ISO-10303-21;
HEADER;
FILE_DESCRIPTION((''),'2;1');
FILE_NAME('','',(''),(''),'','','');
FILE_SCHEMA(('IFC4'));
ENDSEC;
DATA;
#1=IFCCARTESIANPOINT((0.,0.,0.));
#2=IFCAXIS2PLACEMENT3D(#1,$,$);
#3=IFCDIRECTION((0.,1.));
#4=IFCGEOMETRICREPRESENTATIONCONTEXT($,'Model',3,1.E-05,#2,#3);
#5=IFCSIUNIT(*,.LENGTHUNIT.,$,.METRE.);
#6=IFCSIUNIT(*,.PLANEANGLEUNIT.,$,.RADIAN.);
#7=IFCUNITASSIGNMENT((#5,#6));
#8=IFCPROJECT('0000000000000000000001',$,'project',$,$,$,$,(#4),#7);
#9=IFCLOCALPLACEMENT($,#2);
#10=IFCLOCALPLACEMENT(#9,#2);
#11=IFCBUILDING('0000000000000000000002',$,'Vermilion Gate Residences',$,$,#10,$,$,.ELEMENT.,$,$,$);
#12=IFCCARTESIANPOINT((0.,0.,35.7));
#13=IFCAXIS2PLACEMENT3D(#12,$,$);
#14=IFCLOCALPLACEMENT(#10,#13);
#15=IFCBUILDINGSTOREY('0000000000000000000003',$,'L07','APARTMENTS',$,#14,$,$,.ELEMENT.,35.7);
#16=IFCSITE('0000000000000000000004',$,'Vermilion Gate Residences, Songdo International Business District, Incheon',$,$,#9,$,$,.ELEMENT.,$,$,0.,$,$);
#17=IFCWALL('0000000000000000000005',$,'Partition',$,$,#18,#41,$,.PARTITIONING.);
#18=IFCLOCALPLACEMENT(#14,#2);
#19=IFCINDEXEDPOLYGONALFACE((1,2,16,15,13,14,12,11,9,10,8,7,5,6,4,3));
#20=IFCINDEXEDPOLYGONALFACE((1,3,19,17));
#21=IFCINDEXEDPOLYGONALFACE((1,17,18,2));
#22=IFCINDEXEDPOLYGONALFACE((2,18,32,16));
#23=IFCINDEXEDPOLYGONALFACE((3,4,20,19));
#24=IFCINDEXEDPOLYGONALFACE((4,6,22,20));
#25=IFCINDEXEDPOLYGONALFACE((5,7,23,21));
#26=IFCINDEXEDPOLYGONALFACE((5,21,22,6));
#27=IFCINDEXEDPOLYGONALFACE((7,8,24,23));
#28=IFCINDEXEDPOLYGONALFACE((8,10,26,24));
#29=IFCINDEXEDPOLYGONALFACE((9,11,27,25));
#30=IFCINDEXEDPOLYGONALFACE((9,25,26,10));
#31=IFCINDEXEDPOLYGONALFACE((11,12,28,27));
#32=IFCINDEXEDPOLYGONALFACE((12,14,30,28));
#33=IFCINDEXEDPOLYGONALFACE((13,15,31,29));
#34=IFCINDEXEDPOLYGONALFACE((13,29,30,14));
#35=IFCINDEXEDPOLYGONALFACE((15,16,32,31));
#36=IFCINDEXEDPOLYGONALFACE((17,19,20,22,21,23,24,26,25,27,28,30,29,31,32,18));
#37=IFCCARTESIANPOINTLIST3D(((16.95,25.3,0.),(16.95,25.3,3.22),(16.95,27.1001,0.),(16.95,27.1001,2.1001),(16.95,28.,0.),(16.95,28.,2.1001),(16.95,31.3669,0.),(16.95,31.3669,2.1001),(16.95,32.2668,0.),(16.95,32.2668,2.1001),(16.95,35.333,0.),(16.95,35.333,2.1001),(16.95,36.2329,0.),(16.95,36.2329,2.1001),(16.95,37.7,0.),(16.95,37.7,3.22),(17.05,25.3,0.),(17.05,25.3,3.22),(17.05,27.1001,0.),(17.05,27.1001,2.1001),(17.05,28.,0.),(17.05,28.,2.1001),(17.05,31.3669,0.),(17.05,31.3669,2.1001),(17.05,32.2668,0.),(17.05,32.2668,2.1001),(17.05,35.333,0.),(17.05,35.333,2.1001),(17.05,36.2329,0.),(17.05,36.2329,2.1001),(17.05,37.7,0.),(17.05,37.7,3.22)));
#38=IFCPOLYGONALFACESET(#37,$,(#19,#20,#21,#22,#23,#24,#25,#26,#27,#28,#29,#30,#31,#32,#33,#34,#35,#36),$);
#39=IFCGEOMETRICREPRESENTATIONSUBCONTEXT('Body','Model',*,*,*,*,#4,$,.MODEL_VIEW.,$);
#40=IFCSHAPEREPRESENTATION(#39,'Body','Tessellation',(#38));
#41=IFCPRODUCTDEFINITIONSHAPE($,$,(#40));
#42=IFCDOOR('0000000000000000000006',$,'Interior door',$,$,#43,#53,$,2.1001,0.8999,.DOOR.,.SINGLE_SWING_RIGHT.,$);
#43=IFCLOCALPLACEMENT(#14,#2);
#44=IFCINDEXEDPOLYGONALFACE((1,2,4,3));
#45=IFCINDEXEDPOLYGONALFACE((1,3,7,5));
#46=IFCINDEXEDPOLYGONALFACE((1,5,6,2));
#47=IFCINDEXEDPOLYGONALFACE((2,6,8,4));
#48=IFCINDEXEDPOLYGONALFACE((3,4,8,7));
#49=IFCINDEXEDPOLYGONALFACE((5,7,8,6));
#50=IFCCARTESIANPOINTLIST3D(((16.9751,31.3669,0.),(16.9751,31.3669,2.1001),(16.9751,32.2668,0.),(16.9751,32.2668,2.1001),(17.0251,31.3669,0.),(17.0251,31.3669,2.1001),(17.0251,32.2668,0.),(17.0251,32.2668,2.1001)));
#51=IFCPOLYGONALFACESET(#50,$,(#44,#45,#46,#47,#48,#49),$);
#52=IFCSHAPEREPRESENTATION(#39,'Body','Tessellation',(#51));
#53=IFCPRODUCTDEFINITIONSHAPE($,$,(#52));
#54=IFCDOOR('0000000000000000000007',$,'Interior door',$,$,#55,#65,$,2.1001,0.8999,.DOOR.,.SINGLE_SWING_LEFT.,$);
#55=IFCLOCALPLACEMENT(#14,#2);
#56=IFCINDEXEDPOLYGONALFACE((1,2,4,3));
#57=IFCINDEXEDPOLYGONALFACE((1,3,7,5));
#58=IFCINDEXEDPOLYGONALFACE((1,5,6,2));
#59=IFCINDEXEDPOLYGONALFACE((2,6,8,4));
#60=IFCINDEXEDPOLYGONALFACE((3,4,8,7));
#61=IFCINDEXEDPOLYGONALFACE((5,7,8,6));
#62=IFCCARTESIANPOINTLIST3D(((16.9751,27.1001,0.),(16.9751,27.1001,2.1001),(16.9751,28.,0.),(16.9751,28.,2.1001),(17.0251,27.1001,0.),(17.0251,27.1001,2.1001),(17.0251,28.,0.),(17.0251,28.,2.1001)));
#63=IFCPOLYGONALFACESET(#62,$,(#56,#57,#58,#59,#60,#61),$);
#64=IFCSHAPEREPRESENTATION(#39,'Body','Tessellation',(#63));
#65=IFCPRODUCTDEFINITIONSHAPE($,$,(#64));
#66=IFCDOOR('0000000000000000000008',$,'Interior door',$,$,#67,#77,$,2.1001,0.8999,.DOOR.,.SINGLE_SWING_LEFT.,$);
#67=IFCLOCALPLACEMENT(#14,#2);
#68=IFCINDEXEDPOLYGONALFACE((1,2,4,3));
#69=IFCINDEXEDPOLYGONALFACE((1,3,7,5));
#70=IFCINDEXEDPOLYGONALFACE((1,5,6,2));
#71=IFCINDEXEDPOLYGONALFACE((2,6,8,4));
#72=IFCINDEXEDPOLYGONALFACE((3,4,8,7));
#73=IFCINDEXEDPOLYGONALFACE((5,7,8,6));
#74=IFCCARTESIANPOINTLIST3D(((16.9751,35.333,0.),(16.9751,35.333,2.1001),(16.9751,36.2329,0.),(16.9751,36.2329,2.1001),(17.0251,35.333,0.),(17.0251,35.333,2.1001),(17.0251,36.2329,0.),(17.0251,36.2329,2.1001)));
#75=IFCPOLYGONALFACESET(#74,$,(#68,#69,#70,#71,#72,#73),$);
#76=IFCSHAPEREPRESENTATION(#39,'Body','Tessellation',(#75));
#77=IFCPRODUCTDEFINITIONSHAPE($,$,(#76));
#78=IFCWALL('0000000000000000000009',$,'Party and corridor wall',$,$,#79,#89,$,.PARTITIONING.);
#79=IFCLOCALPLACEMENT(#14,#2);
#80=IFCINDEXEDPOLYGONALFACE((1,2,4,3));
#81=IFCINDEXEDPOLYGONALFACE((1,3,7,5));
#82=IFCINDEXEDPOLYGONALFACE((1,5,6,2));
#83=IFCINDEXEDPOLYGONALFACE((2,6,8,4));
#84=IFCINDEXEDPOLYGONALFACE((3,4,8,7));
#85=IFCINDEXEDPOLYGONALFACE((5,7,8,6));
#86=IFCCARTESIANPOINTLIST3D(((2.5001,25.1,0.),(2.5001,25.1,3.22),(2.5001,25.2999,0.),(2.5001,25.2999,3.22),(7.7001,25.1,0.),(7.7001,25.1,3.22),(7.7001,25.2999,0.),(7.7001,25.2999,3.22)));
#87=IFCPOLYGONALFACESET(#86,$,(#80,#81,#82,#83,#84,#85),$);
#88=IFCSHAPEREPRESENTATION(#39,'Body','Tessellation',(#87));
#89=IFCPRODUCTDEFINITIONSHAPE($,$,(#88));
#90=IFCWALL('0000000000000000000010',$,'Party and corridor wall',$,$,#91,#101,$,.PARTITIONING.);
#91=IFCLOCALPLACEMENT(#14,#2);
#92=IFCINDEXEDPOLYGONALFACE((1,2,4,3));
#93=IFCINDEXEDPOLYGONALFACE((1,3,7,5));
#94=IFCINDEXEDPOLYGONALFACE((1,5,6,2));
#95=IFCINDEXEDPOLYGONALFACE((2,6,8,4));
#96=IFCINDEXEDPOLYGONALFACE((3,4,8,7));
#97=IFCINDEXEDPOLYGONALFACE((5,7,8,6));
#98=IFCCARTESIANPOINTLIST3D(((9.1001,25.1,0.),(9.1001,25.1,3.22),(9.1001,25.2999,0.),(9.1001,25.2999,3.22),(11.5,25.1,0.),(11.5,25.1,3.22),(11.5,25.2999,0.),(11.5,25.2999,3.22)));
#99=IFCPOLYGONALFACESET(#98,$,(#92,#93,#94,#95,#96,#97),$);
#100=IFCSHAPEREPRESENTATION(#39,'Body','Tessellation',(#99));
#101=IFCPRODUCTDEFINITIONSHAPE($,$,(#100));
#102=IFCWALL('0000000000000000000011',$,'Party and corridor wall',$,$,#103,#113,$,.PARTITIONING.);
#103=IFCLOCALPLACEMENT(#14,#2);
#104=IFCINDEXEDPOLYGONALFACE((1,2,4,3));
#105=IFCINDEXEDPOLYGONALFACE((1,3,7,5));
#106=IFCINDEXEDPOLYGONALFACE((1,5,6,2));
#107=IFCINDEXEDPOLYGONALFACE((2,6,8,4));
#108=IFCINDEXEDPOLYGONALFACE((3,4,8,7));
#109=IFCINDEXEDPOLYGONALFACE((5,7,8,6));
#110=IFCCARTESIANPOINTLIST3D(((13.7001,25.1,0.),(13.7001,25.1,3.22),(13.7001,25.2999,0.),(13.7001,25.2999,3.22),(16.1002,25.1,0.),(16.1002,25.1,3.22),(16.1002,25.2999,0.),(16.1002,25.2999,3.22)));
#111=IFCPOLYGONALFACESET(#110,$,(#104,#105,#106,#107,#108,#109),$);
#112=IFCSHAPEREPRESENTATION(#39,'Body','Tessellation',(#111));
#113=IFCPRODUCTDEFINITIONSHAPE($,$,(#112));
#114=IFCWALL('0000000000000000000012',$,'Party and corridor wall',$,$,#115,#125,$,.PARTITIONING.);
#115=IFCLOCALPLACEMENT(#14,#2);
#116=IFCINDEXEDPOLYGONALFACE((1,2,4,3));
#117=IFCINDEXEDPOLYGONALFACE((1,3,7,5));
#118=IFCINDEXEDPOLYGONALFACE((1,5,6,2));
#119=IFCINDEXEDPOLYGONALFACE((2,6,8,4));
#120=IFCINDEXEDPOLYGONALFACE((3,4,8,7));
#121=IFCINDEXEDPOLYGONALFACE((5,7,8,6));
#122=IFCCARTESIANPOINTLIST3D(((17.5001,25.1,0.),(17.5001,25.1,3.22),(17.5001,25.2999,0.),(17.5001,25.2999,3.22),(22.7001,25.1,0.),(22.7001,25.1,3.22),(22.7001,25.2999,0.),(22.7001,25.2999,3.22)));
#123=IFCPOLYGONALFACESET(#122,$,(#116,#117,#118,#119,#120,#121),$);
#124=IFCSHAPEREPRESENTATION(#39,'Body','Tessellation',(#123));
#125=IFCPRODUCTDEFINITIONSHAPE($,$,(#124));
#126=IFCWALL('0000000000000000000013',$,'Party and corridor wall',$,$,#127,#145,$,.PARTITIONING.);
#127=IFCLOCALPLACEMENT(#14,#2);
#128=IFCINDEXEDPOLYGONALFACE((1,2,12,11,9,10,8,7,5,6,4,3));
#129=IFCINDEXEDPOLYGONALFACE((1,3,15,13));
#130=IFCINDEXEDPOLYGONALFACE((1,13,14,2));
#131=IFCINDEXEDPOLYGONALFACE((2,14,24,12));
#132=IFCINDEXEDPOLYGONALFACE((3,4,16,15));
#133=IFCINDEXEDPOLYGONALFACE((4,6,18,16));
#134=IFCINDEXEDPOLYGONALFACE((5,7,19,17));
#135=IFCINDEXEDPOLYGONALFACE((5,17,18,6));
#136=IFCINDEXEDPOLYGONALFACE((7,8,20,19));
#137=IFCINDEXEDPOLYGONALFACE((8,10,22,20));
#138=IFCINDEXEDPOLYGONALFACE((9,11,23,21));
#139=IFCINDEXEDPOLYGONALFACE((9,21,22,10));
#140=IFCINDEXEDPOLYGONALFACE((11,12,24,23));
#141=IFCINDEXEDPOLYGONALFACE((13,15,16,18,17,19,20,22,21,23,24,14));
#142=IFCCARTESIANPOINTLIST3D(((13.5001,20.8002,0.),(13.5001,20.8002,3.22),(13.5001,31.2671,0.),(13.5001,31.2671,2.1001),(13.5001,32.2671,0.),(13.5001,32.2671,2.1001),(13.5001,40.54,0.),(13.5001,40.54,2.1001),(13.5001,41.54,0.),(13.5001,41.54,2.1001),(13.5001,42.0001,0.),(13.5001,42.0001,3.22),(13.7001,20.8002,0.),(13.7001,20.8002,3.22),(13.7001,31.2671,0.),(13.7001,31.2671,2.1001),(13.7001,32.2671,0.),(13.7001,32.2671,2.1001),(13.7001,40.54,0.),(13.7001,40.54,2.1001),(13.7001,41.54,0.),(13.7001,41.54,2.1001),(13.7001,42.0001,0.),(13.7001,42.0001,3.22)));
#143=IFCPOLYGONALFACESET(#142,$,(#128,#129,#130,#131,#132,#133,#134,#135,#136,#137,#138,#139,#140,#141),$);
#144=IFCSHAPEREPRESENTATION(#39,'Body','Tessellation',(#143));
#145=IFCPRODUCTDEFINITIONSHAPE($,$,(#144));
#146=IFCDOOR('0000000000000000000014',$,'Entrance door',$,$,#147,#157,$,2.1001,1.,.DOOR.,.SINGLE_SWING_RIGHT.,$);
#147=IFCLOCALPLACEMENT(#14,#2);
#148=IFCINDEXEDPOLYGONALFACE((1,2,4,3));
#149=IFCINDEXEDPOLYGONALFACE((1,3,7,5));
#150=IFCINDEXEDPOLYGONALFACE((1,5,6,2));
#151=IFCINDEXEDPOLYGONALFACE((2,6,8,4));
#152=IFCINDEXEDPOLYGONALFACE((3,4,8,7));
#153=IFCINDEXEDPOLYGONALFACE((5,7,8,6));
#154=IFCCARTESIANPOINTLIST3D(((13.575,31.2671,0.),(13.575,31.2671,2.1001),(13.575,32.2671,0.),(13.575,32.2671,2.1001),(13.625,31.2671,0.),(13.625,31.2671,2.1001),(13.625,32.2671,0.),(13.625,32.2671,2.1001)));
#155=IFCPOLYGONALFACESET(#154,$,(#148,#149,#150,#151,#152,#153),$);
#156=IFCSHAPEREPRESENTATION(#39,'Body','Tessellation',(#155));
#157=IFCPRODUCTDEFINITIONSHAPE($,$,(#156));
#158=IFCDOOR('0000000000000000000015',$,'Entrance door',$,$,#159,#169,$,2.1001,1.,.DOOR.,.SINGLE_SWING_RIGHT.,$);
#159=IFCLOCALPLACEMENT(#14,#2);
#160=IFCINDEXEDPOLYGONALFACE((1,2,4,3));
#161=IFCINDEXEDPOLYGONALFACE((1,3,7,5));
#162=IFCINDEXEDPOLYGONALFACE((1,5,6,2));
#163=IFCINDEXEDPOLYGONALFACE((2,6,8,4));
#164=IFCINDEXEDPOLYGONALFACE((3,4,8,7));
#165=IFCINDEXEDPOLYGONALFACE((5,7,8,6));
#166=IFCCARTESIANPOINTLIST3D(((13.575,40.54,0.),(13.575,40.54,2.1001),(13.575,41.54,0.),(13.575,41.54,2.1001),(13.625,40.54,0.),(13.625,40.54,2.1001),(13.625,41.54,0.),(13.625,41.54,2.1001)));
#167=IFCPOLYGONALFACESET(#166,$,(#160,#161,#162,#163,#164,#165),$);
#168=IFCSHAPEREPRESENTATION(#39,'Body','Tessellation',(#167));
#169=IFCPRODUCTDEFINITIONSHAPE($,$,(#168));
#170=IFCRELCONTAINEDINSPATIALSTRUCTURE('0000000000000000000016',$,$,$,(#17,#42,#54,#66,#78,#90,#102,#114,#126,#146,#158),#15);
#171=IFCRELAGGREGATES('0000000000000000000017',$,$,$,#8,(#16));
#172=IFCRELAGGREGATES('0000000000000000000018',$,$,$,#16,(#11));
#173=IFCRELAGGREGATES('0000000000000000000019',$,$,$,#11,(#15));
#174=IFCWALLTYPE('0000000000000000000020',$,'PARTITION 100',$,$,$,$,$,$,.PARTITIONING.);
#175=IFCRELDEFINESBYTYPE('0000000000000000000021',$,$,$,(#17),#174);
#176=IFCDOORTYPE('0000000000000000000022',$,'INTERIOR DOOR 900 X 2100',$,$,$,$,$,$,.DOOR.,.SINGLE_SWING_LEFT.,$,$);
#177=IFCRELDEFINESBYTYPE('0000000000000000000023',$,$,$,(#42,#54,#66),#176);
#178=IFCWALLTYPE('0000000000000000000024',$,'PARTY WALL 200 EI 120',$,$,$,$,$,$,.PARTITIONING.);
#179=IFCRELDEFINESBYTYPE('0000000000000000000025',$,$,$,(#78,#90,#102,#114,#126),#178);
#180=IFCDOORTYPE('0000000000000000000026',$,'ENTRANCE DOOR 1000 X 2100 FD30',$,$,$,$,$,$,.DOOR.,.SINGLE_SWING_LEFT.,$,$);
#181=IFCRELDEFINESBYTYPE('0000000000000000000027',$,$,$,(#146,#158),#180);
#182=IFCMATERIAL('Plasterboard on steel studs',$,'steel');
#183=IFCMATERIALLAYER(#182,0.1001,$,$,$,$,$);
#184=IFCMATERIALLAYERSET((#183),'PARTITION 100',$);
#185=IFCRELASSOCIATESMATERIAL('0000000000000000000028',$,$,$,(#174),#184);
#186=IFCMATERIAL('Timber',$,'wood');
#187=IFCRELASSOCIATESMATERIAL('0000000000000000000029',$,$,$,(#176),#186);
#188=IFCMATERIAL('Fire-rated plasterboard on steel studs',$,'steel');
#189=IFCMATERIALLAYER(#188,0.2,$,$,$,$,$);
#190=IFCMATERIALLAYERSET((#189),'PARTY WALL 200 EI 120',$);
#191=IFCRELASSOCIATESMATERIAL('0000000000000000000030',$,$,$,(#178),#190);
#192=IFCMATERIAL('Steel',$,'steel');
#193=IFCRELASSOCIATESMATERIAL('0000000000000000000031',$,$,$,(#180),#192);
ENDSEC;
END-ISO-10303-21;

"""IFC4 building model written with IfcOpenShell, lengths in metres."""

from ifc_helpers import new_model, si_unit, direction, frame, frame_2d, origin, place, context, subcontext, project, spatial, rectangle, extrude, material, layer, layer_set, type_object, element, fill, save


model = new_model("IFC4")

# Units and contexts
model_context = context("Model", 3, precision=1e-05, world=origin(), true_north=direction((0.0, 1.0)))
body_context = subcontext(model_context, "Body", "Model", "MODEL_VIEW")
ifc_project = project(units=[si_unit("LENGTHUNIT", "METRE"), si_unit("PLANEANGLEUNIT", "RADIAN")], contexts=[model_context])

# Site, building, storey
site_placement = place(None, origin())
site = spatial("IfcSite", under=ifc_project, at=site_placement, Name="Vermilion Gate Residences, Songdo International Business District, Incheon", CompositionType="ELEMENT", RefElevation=0.0)
building_placement = place(site_placement, origin())
building = spatial("IfcBuilding", under=site, at=building_placement, Name="Vermilion Gate Residences", CompositionType="ELEMENT")
storey_placement = place(building_placement, frame((0.0, 0.0, 35.7)))
storey = spatial("IfcBuildingStorey", under=building, at=storey_placement, Name="L07", Description="APARTMENTS", CompositionType="ELEMENT", Elevation=35.7)

# Shared definitions
ifc_material_1 = material(Name="Plasterboard on steel studs", Category="steel")
ifc_layer_1 = layer(ifc_material_1, 0.1001)
ifc_layer_set_1 = layer_set([ifc_layer_1], Name="PARTITION 100")
wall_type_1 = type_object("IfcWallType", Name="PARTITION 100", PredefinedType="PARTITIONING", material=ifc_layer_set_1)

# Wall, openings, doors
ifc_material_2 = material(Name="Timber", Category="wood")
door_type_1 = type_object("IfcDoorType", Name="INTERIOR DOOR 900 X 2100", OperationType="SINGLE_SWING_LEFT", PredefinedType="DOOR", material=ifc_material_2)
wall_1_placement = place(storey_placement, frame((17.0, 25.3, 0.0), z_axis=(0.0, 0.0, 1.0), x_axis=(0.0, 1.0, 0.0)))
wall_1 = element("IfcWall", 1, at=wall_1_placement, inside=storey, type_object=wall_type_1, Name="Partition", PredefinedType="PARTITIONING", context=body_context, shape_type="SweptSolid", body=[
    extrude(rectangle(XDim=12.3999, YDim=0.1001, at=frame_2d((6.2, 0.0))), origin(), (0.0, 0.0, 1.0), 3.22),
])
opening_1_placement = place(wall_1_placement, frame((6.0669, 0.0, 0.0)))
opening_1 = element("IfcOpeningElement", 2, at=opening_1_placement, cuts=wall_1, PredefinedType="OPENING", context=body_context, shape_type="SweptSolid", body=[
    extrude(rectangle(XDim=0.8999, YDim=2.1001, at=frame_2d((0.45, 1.05))), frame((0.0, 0.0601, 0.0), z_axis=(0.0, -1.0, 0.0), x_axis=(1.0, 0.0, 0.0)), (0.0, 0.0, 1.0), 0.1201),
])
opening_2_placement = place(wall_1_placement, frame((1.8, 0.0, 0.0)))
opening_2 = element("IfcOpeningElement", 3, at=opening_2_placement, cuts=wall_1, PredefinedType="OPENING", context=body_context, shape_type="SweptSolid", body=[
    extrude(rectangle(XDim=0.8999, YDim=2.1001, at=frame_2d((0.45, 1.05))), frame((0.0, 0.0601, 0.0), z_axis=(0.0, -1.0, 0.0), x_axis=(1.0, 0.0, 0.0)), (0.0, 0.0, 1.0), 0.1201),
])
opening_3_placement = place(wall_1_placement, frame((10.033, 0.0, 0.0)))
opening_3 = element("IfcOpeningElement", 4, at=opening_3_placement, cuts=wall_1, PredefinedType="OPENING", context=body_context, shape_type="SweptSolid", body=[
    extrude(rectangle(XDim=0.8999, YDim=2.1001, at=frame_2d((0.45, 1.05))), frame((0.0, 0.0601, 0.0), z_axis=(0.0, -1.0, 0.0), x_axis=(1.0, 0.0, 0.0)), (0.0, 0.0, 1.0), 0.1201),
])
door_1_placement = place(opening_1_placement, origin())
door_1 = element("IfcDoor", 5, at=door_1_placement, inside=storey, type_object=door_type_1, Name="Interior door", OperationType="SINGLE_SWING_RIGHT", OverallHeight=2.1001, OverallWidth=0.8999, PredefinedType="DOOR", context=body_context, shape_type="SweptSolid", body=[
    extrude(rectangle(XDim=0.8999, YDim=2.1001, at=frame_2d((0.45, 1.05))), frame((0.0, 0.0249, 0.0), z_axis=(0.0, -1.0, 0.0), x_axis=(1.0, 0.0, 0.0)), (0.0, 0.0, 1.0), 0.05),
])
fill(opening_1, door_1)
door_2_placement = place(opening_2_placement, origin())
door_2 = element("IfcDoor", 6, at=door_2_placement, inside=storey, type_object=door_type_1, Name="Interior door", OperationType="SINGLE_SWING_LEFT", OverallHeight=2.1001, OverallWidth=0.8999, PredefinedType="DOOR", context=body_context, shape_type="SweptSolid", body=[
    extrude(rectangle(XDim=0.8999, YDim=2.1001, at=frame_2d((0.45, 1.05))), frame((0.0, 0.0249, 0.0), z_axis=(0.0, -1.0, 0.0), x_axis=(1.0, 0.0, 0.0)), (0.0, 0.0, 1.0), 0.05),
])
fill(opening_2, door_2)
door_3_placement = place(opening_3_placement, origin())
door_3 = element("IfcDoor", 7, at=door_3_placement, inside=storey, type_object=door_type_1, Name="Interior door", OperationType="SINGLE_SWING_LEFT", OverallHeight=2.1001, OverallWidth=0.8999, PredefinedType="DOOR", context=body_context, shape_type="SweptSolid", body=[
    extrude(rectangle(XDim=0.8999, YDim=2.1001, at=frame_2d((0.45, 1.05))), frame((0.0, 0.0249, 0.0), z_axis=(0.0, -1.0, 0.0), x_axis=(1.0, 0.0, 0.0)), (0.0, 0.0, 1.0), 0.05),
])
fill(opening_3, door_3)

# Walls
ifc_material_3 = material(Name="Fire-rated plasterboard on steel studs", Category="steel")
ifc_layer_2 = layer(ifc_material_3, 0.2)
ifc_layer_set_2 = layer_set([ifc_layer_2], Name="PARTY WALL 200 EI 120")
wall_type_2 = type_object("IfcWallType", Name="PARTY WALL 200 EI 120", PredefinedType="PARTITIONING", material=ifc_layer_set_2)
wall_2_placement = place(storey_placement, frame((2.5, 25.2, 0.0), z_axis=(0.0, 0.0, 1.0), x_axis=(1.0, 0.0, 0.0)))
element("IfcWall", 8, at=wall_2_placement, inside=storey, type_object=wall_type_2, Name="Party and corridor wall", PredefinedType="PARTITIONING", context=body_context, shape_type="SweptSolid", body=[
    extrude(rectangle(XDim=5.2, YDim=0.2, at=frame_2d((2.6001, 0.0))), origin(), (0.0, 0.0, 1.0), 3.22),
])
wall_3_placement = place(storey_placement, frame((9.1001, 25.2, 0.0), z_axis=(0.0, 0.0, 1.0), x_axis=(1.0, 0.0, 0.0)))
element("IfcWall", 9, at=wall_3_placement, inside=storey, type_object=wall_type_2, Name="Party and corridor wall", PredefinedType="PARTITIONING", context=body_context, shape_type="SweptSolid", body=[
    extrude(rectangle(XDim=2.3999, YDim=0.2, at=frame_2d((1.2, 0.0))), origin(), (0.0, 0.0, 1.0), 3.22),
])
wall_4_placement = place(storey_placement, frame((13.7, 25.2, 0.0), z_axis=(0.0, 0.0, 1.0), x_axis=(1.0, 0.0, 0.0)))
element("IfcWall", 10, at=wall_4_placement, inside=storey, type_object=wall_type_2, Name="Party and corridor wall", PredefinedType="PARTITIONING", context=body_context, shape_type="SweptSolid", body=[
    extrude(rectangle(XDim=2.4001, YDim=0.2, at=frame_2d((1.2002, 0.0))), origin(), (0.0, 0.0, 1.0), 3.22),
])
wall_5_placement = place(storey_placement, frame((17.5, 25.2, 0.0), z_axis=(0.0, 0.0, 1.0), x_axis=(1.0, 0.0, 0.0)))
element("IfcWall", 11, at=wall_5_placement, inside=storey, type_object=wall_type_2, Name="Party and corridor wall", PredefinedType="PARTITIONING", context=body_context, shape_type="SweptSolid", body=[
    extrude(rectangle(XDim=5.2, YDim=0.2, at=frame_2d((2.6001, 0.0))), origin(), (0.0, 0.0, 1.0), 3.22),
])

# Wall, openings, doors
wall_6_placement = place(storey_placement, frame((13.6001, 20.8, 0.0), z_axis=(0.0, 0.0, 1.0), x_axis=(0.0, 1.0, 0.0)))
wall_6 = element("IfcWall", 12, at=wall_6_placement, inside=storey, type_object=wall_type_2, Name="Party and corridor wall", PredefinedType="PARTITIONING", context=body_context, shape_type="SweptSolid", body=[
    extrude(rectangle(XDim=21.2, YDim=0.2, at=frame_2d((10.6001, 0.0))), origin(), (0.0, 0.0, 1.0), 3.22),
])
opening_4_placement = place(wall_6_placement, frame((10.467, 0.0, 0.0)))
opening_4 = element("IfcOpeningElement", 13, at=opening_4_placement, cuts=wall_6, PredefinedType="OPENING", context=body_context, shape_type="SweptSolid", body=[
    extrude(rectangle(XDim=1.0, YDim=2.1001, at=frame_2d((0.5, 1.05))), frame((0.0, 0.1099, 0.0), z_axis=(0.0, -1.0, 0.0), x_axis=(1.0, 0.0, 0.0)), (0.0, 0.0, 1.0), 0.22),
])
opening_5_placement = place(wall_6_placement, frame((19.74, 0.0, 0.0)))
opening_5 = element("IfcOpeningElement", 14, at=opening_5_placement, cuts=wall_6, PredefinedType="OPENING", context=body_context, shape_type="SweptSolid", body=[
    extrude(rectangle(XDim=1.0, YDim=2.1001, at=frame_2d((0.5, 1.05))), frame((0.0, 0.1099, 0.0), z_axis=(0.0, -1.0, 0.0), x_axis=(1.0, 0.0, 0.0)), (0.0, 0.0, 1.0), 0.22),
])
ifc_material_4 = material(Name="Steel", Category="steel")
door_type_2 = type_object("IfcDoorType", Name="ENTRANCE DOOR 1000 X 2100 FD30", OperationType="SINGLE_SWING_LEFT", PredefinedType="DOOR", material=ifc_material_4)
door_4_placement = place(opening_4_placement, frame((1.0, 0.0, 0.0), z_axis=(0.0, 0.0, 1.0), x_axis=(-1.0, 0.0, 0.0)))
door_4 = element("IfcDoor", 15, at=door_4_placement, inside=storey, type_object=door_type_2, Name="Entrance door", OperationType="SINGLE_SWING_RIGHT", OverallHeight=2.1001, OverallWidth=1.0, PredefinedType="DOOR", context=body_context, shape_type="SweptSolid", body=[
    extrude(rectangle(XDim=1.0, YDim=2.1001, at=frame_2d((0.5, 1.05))), frame((0.0, 0.0249, 0.0), z_axis=(0.0, -1.0, 0.0), x_axis=(1.0, 0.0, 0.0)), (0.0, 0.0, 1.0), 0.05),
])
fill(opening_4, door_4)
door_5_placement = place(opening_5_placement, frame((1.0, 0.0, 0.0), z_axis=(0.0, 0.0, 1.0), x_axis=(-1.0, 0.0, 0.0)))
door_5 = element("IfcDoor", 16, at=door_5_placement, inside=storey, type_object=door_type_2, Name="Entrance door", OperationType="SINGLE_SWING_RIGHT", OverallHeight=2.1001, OverallWidth=1.0, PredefinedType="DOOR", context=body_context, shape_type="SweptSolid", body=[
    extrude(rectangle(XDim=1.0, YDim=2.1001, at=frame_2d((0.5, 1.05))), frame((0.0, 0.0249, 0.0), z_axis=(0.0, -1.0, 0.0), x_axis=(1.0, 0.0, 0.0)), (0.0, 0.0, 1.0), 0.05),
])
fill(opening_5, door_5)

save(model, "model.ifc")
